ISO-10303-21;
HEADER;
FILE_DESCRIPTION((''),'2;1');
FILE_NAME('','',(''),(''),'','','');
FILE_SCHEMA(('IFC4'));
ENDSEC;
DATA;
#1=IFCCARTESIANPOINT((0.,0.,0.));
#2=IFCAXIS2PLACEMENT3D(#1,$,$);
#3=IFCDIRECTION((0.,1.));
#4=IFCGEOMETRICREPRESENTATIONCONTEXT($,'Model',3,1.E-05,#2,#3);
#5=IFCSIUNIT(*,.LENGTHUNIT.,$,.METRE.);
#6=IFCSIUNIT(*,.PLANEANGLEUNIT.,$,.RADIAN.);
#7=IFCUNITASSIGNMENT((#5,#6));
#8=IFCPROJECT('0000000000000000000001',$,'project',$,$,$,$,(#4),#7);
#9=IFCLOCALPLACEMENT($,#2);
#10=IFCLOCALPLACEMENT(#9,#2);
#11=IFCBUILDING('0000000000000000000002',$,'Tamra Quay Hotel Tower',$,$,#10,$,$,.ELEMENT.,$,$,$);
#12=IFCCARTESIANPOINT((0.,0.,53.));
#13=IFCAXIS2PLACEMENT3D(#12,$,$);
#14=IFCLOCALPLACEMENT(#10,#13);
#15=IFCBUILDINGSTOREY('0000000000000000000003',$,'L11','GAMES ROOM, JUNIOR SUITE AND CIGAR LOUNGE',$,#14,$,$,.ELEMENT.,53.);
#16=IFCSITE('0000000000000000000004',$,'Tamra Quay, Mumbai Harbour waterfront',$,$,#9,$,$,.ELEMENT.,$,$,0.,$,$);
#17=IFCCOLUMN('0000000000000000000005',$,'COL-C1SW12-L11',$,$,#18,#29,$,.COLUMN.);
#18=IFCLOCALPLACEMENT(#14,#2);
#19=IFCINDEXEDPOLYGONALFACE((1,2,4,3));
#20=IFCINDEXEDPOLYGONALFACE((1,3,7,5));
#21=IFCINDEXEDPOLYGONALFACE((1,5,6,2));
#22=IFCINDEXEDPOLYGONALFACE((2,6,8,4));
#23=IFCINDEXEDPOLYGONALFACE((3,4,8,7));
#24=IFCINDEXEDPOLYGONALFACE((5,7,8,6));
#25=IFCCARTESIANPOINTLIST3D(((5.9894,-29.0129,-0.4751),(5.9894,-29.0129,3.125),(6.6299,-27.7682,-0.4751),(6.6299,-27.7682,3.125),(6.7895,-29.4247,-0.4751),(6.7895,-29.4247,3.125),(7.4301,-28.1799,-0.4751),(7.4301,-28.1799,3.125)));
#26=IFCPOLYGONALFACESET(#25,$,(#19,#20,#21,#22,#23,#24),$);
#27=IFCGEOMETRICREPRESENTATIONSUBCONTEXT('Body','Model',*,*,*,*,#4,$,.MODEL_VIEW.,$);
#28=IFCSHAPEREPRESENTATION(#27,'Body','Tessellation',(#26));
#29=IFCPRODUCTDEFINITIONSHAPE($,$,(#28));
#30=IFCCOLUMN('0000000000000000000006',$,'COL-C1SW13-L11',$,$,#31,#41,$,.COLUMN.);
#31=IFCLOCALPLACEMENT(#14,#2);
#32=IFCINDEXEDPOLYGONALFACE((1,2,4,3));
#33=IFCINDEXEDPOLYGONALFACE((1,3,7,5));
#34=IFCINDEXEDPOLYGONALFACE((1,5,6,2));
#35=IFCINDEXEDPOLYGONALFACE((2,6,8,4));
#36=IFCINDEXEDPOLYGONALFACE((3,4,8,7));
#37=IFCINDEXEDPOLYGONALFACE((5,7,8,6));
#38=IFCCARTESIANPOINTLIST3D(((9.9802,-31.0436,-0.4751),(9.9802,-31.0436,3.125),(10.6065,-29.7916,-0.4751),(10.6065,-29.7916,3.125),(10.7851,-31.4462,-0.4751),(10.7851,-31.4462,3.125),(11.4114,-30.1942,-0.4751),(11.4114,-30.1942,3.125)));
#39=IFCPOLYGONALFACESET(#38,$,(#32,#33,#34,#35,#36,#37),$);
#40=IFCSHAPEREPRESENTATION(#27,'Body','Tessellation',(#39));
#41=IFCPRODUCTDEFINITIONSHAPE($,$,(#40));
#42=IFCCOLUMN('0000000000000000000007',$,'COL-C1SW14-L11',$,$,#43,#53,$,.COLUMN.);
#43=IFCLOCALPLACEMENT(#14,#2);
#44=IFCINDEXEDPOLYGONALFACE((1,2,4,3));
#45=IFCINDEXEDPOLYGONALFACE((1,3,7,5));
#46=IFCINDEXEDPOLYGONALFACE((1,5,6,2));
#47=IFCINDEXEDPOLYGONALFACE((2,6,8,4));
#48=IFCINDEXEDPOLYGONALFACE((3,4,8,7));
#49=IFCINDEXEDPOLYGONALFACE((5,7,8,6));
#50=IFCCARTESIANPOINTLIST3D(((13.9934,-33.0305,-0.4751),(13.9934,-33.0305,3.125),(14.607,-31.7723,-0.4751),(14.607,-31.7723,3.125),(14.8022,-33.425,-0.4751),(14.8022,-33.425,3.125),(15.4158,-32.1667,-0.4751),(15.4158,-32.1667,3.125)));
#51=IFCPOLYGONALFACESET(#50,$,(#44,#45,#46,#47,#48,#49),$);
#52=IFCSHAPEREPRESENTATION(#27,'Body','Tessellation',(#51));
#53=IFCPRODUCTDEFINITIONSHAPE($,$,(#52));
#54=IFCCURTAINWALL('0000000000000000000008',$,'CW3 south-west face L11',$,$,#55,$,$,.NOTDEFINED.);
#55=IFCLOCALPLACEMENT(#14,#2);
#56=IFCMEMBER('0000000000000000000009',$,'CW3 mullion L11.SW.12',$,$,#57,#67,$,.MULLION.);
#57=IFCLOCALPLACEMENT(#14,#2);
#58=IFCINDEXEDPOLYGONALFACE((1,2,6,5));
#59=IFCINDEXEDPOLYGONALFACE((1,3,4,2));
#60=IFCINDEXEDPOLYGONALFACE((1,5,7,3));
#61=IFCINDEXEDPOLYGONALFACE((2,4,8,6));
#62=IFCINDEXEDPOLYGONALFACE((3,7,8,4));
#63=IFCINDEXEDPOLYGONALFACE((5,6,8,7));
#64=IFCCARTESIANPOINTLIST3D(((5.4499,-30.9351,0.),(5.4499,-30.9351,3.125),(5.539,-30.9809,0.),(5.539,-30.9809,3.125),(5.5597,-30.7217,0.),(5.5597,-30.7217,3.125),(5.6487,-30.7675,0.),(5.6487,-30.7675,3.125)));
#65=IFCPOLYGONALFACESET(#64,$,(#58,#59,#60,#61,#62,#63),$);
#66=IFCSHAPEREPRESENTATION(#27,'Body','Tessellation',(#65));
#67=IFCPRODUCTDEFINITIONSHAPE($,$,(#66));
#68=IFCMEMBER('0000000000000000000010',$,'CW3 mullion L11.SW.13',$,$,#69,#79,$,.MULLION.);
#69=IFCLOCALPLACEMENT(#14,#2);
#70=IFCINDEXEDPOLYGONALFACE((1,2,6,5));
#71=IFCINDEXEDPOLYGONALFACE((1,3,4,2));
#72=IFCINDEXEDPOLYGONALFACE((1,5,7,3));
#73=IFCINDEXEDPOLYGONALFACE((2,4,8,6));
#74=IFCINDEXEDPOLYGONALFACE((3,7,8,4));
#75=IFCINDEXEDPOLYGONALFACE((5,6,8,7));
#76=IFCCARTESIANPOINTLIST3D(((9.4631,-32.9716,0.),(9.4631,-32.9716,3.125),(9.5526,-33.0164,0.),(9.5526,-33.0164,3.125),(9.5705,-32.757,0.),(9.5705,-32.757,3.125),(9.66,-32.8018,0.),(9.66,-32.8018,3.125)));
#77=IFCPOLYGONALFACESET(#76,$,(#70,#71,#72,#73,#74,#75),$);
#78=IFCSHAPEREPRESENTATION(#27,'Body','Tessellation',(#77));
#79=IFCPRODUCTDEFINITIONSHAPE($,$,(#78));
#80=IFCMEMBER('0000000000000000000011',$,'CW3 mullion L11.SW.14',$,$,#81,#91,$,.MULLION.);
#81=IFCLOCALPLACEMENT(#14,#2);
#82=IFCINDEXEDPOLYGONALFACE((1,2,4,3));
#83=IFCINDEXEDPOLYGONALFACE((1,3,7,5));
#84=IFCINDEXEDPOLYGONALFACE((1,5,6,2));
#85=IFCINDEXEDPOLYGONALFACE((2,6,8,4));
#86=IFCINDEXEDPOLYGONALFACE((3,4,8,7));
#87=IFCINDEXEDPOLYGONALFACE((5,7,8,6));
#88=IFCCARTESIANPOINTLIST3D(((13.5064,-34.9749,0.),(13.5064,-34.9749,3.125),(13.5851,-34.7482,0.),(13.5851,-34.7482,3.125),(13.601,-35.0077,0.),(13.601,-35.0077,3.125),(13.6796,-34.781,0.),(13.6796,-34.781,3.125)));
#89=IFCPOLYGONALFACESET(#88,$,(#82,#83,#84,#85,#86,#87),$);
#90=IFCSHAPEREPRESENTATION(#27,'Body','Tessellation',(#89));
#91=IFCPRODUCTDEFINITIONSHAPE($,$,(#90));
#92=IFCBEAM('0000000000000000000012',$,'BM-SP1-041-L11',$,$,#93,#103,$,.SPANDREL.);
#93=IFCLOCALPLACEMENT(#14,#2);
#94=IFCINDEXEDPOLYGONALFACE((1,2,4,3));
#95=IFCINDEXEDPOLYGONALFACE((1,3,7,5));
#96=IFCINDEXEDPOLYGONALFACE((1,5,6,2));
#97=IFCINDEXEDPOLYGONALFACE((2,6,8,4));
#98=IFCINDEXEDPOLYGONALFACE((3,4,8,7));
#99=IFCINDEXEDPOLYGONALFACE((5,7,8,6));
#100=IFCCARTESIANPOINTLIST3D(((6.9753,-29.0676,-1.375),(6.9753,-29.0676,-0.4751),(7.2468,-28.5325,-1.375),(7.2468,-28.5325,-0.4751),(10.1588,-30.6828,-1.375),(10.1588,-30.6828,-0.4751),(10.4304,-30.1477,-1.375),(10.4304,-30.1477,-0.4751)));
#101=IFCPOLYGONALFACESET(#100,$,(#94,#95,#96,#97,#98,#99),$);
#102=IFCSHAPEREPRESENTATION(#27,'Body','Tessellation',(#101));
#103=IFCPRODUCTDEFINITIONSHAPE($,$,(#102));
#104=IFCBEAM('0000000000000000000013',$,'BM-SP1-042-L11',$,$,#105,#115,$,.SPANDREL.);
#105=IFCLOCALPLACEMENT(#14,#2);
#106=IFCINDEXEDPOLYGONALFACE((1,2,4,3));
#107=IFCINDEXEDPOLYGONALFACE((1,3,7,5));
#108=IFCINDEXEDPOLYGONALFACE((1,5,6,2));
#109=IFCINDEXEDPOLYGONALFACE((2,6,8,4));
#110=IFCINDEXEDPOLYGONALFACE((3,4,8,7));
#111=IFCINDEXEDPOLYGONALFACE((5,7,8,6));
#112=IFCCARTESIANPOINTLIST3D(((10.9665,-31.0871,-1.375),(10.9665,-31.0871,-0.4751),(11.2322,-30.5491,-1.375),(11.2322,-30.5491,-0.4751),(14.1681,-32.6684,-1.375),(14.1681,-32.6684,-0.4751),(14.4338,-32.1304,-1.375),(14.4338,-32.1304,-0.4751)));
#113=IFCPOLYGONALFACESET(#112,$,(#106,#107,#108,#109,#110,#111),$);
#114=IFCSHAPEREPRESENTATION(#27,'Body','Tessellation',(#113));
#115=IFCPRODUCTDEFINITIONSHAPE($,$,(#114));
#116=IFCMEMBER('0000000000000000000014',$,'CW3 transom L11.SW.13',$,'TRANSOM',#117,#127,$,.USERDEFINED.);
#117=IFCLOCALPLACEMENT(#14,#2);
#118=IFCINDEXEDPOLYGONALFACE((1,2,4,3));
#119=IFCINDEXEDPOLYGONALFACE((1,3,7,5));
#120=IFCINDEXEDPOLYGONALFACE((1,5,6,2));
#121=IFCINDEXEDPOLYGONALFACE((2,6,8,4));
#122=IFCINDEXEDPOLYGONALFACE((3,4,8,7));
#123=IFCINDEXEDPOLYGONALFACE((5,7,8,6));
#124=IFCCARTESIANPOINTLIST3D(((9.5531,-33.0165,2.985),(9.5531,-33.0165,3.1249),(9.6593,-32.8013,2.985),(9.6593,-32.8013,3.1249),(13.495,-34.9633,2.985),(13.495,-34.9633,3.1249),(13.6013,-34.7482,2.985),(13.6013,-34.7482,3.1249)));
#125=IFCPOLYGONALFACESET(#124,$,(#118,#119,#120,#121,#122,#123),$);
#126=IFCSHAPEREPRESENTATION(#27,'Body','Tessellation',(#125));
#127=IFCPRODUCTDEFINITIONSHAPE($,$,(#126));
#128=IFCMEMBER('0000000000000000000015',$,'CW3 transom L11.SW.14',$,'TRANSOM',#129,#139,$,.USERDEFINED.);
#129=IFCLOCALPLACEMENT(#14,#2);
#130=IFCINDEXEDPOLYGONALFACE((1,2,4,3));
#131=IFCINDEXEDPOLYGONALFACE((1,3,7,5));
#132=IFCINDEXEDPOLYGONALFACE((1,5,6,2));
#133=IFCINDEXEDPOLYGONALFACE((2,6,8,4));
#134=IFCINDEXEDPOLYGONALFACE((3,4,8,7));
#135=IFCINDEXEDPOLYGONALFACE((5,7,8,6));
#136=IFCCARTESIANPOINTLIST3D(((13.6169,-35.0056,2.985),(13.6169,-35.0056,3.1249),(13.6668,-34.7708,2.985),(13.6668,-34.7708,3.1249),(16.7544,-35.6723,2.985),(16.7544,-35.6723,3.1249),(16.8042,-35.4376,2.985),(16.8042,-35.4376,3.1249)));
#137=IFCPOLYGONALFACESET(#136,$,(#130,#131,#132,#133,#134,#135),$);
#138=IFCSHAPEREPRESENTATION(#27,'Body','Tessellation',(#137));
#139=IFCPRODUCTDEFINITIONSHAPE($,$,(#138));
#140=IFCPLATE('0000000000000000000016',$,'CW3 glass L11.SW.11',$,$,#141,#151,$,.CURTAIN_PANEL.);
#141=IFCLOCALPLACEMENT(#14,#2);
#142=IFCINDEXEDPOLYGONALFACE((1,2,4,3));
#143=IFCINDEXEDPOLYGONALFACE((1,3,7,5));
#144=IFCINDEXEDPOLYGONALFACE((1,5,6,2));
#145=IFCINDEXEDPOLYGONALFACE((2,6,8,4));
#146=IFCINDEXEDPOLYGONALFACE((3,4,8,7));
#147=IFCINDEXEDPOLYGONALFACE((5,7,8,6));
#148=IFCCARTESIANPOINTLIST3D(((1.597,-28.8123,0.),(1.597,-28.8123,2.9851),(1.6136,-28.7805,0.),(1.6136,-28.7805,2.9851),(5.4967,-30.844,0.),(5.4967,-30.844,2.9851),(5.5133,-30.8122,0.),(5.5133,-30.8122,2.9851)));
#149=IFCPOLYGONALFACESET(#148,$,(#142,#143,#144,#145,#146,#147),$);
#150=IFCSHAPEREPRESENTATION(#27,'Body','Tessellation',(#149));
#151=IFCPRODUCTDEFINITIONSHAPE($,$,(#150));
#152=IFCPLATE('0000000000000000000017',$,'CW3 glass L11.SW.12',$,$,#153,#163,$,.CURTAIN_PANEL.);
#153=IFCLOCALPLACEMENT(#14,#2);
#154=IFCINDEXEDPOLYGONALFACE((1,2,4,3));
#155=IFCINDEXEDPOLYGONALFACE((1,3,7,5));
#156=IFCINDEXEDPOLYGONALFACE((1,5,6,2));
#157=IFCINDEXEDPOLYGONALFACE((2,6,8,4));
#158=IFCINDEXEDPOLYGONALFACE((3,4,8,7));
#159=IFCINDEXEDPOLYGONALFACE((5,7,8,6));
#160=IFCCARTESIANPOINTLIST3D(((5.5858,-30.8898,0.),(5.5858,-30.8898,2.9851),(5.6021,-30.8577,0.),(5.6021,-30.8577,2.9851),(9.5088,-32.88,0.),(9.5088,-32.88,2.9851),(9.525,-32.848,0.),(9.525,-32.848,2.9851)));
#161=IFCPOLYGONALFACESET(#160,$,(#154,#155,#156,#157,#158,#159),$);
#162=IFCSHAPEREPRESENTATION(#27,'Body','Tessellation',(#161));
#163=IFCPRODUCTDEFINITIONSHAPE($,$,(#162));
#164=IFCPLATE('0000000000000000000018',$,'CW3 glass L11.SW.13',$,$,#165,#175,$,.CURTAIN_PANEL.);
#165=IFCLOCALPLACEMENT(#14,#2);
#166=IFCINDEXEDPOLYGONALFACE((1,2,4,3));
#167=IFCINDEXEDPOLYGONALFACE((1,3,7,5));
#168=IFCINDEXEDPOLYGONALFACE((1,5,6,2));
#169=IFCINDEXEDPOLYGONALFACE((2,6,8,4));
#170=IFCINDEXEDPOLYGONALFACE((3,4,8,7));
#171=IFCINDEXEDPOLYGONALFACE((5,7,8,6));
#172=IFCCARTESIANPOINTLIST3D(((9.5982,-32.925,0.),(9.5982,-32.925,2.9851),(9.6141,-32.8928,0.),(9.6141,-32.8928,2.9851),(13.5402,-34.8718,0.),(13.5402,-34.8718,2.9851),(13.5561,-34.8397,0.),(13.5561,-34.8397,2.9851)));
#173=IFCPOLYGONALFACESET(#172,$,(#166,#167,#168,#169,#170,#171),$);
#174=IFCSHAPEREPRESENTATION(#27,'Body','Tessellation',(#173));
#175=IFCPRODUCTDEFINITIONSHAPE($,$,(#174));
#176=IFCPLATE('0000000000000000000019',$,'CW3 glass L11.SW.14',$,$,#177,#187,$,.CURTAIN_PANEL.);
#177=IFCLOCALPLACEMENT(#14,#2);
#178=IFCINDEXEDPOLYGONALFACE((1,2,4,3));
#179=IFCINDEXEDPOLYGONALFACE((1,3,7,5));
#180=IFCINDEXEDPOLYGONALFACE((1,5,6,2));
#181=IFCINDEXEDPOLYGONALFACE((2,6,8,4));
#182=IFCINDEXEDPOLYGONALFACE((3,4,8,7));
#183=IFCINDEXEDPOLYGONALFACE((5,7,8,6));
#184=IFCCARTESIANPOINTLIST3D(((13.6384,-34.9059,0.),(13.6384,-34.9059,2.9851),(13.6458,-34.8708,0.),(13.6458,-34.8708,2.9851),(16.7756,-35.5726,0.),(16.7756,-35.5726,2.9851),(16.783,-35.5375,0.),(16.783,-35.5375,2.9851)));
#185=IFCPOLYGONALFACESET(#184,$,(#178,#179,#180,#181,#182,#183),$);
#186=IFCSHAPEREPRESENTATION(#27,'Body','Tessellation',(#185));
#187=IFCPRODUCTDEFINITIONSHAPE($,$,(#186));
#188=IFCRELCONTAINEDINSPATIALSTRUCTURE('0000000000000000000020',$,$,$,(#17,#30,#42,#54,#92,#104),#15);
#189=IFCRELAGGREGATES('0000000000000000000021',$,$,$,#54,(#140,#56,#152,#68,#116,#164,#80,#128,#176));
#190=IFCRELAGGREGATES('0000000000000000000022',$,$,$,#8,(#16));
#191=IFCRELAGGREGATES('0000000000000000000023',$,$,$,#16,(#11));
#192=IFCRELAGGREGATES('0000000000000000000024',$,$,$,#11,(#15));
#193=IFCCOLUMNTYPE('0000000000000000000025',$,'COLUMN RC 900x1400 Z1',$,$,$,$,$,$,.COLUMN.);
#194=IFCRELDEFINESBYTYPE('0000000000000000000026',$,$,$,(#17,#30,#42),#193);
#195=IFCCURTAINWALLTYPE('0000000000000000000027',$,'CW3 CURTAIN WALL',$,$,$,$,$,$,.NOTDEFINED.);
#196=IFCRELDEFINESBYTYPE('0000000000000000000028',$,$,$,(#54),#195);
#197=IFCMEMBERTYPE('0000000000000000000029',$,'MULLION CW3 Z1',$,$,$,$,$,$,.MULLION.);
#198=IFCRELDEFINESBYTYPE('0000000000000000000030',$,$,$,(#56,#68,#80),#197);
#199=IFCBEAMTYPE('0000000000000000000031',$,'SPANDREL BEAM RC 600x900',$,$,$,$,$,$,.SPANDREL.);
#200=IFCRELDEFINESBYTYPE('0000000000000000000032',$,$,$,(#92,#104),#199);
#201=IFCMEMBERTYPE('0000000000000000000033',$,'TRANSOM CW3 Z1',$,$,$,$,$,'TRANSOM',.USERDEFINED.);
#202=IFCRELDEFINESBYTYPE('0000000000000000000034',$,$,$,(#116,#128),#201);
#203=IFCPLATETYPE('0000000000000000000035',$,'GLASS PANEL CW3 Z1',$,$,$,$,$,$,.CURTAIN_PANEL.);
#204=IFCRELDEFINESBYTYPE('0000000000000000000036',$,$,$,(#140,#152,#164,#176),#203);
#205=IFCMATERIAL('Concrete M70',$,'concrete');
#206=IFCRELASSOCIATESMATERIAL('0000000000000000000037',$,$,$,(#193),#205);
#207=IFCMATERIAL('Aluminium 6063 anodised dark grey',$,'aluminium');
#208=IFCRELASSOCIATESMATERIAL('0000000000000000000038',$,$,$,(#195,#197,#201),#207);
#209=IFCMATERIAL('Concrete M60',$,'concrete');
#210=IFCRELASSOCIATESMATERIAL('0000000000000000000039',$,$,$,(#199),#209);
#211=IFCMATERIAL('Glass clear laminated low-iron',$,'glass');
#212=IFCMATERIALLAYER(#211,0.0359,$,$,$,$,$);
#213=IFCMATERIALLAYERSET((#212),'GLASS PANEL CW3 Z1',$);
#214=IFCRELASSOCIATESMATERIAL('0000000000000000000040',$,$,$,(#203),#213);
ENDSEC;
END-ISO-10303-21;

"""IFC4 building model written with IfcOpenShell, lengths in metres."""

from ifc_helpers import new_model, si_unit, direction, frame, origin, origin_2d, place, context, subcontext, project, spatial, rectangle, extrude, material, layer, layer_set, material_profile, profile_set, type_object, element, aggregate, save


model = new_model("IFC4")

# Units and contexts
model_context = context("Model", 3, precision=1e-05, world=origin(), true_north=direction((0.0, 1.0)))
body_context = subcontext(model_context, "Body", "Model", "MODEL_VIEW")
ifc_project = project(units=[si_unit("LENGTHUNIT", "METRE"), si_unit("PLANEANGLEUNIT", "RADIAN")], contexts=[model_context])

# Site, building, storey
site_placement = place(None, origin())
site = spatial("IfcSite", under=ifc_project, at=site_placement, Name="Tamra Quay, Mumbai Harbour waterfront", CompositionType="ELEMENT", RefElevation=0.0)
building_placement = place(site_placement, origin())
building = spatial("IfcBuilding", under=site, at=building_placement, Name="Tamra Quay Hotel Tower", CompositionType="ELEMENT")
storey_placement = place(building_placement, frame((0.0, 0.0, 53.0)))
storey = spatial("IfcBuildingStorey", under=building, at=storey_placement, Name="L11", Description="GAMES ROOM, JUNIOR SUITE AND CIGAR LOUNGE", CompositionType="ELEMENT", Elevation=53.0)

# Columns
ifc_material_1 = material(Name="Concrete M70", Category="concrete")
ifc_material_profile_1 = material_profile(ifc_material_1, rectangle(XDim=1.3999, YDim=0.8999, at=origin_2d()), Name="COLUMN RC 900x1400 Z1")
ifc_profile_set_1 = profile_set([ifc_material_profile_1], Name="Concrete M70")
column_type = type_object("IfcColumnType", Name="COLUMN RC 900x1400 Z1", PredefinedType="COLUMN", material=ifc_profile_set_1)
for number, where, z_axis, x_axis, name in (
    (1, (6.7097, -28.5964, -0.4751), (0.0, 0.0, 1.0), (0.457548, 0.889185, 0.0), "COL-C1SW12-L11"),
    (2, (10.6958, -30.6189, -0.4751), (0.0, 0.0, 1.0), (0.447377, 0.894346, 0.0), "COL-C1SW13-L11"),
    (3, (14.7046, -32.5986, -0.4751), (0.0, 0.0, 1.0), (0.438341, 0.898809, 0.0), "COL-C1SW14-L11"),
):
    element("IfcColumn", number, at=place(storey_placement, frame(where, z_axis=z_axis, x_axis=x_axis)), inside=storey, type_object=column_type, Name=name, PredefinedType="COLUMN", context=body_context, shape_type="SweptSolid", body=[
        extrude(rectangle(XDim=1.3999, YDim=0.8999, at=origin_2d()), origin(), (0.0, 0.0, 1.0), 3.6001),
    ])

# Curtain wall, members
ifc_material_2 = material(Name="Aluminium 6063 anodised dark grey", Category="aluminium")
curtain_wall_type = type_object("IfcCurtainWallType", Name="CW3 CURTAIN WALL", PredefinedType="NOTDEFINED", material=ifc_material_2)
curtain_wall_placement = place(storey_placement, origin())
curtain_wall = element("IfcCurtainWall", 4, at=curtain_wall_placement, inside=storey, type_object=curtain_wall_type, Name="CW3 south-west face L11", PredefinedType="NOTDEFINED")
ifc_material_profile_2 = material_profile(ifc_material_2, rectangle(XDim=0.24, YDim=0.1001, at=origin_2d()), Name="MULLION 100X240")
ifc_profile_set_2 = profile_set([ifc_material_profile_2], Name="Aluminium 6063 anodised dark grey")
member_type_1 = type_object("IfcMemberType", Name="MULLION CW3 Z1", PredefinedType="MULLION", material=ifc_profile_set_2)
member_1_placement = place(storey_placement, frame((5.5493, -30.8513, 0.0), z_axis=(0.0, 0.0, 1.0), x_axis=(-0.457254, -0.889336, 0.0)))
member_1 = element("IfcMember", 5, at=member_1_placement, type_object=member_type_1, Name="CW3 mullion L11.SW.12", PredefinedType="MULLION", context=body_context, shape_type="SweptSolid", body=[
    extrude(rectangle(XDim=0.24, YDim=0.1001, at=origin_2d()), origin(), (0.0, 0.0, 1.0), 3.125),
])
member_2_placement = place(storey_placement, frame((9.5615, -32.8867, 0.0), z_axis=(0.0, 0.0, 1.0), x_axis=(-0.447641, -0.894213, 0.0)))
member_2 = element("IfcMember", 6, at=member_2_placement, type_object=member_type_1, Name="CW3 mullion L11.SW.13", PredefinedType="MULLION", context=body_context, shape_type="SweptSolid", body=[
    extrude(rectangle(XDim=0.24, YDim=0.1001, at=origin_2d()), origin(), (0.0, 0.0, 1.0), 3.125),
])
member_3_placement = place(storey_placement, frame((13.593, -34.8779, 0.0), z_axis=(0.0, 0.0, 1.0), x_axis=(-0.327898, -0.944713, 0.0)))
member_3 = element("IfcMember", 7, at=member_3_placement, type_object=member_type_1, Name="CW3 mullion L11.SW.14", PredefinedType="MULLION", context=body_context, shape_type="SweptSolid", body=[
    extrude(rectangle(XDim=0.24, YDim=0.1001, at=origin_2d()), origin(), (0.0, 0.0, 1.0), 3.125),
])

# Beams
ifc_material_3 = material(Name="Concrete M60", Category="concrete")
ifc_material_profile_3 = material_profile(ifc_material_3, rectangle(XDim=0.6001, YDim=0.8999, at=origin_2d()), Name="SPANDREL BEAM RC 600x900")
ifc_profile_set_3 = profile_set([ifc_material_profile_3], Name="Concrete M60")
beam_type = type_object("IfcBeamType", Name="SPANDREL BEAM RC 600x900", PredefinedType="SPANDREL", material=ifc_profile_set_3)
beam_1_placement = place(storey_placement, frame((7.1111, -28.8, -0.925), z_axis=(0.891786, -0.452458, 0.0), x_axis=(0.452458, 0.891786, 0.0)))
element("IfcBeam", 8, at=beam_1_placement, inside=storey, type_object=beam_type, Name="BM-SP1-041-L11", PredefinedType="SPANDREL", context=body_context, shape_type="SweptSolid", body=[
    extrude(rectangle(XDim=0.6001, YDim=0.8999, at=origin_2d()), origin(), (0.0, 0.0, 1.0), 3.5698),
])
beam_2_placement = place(storey_placement, frame((11.0994, -30.8181, -0.925), z_axis=(0.896604, -0.442833, 0.0), x_axis=(0.442833, 0.896604, 0.0)))
element("IfcBeam", 9, at=beam_2_placement, inside=storey, type_object=beam_type, Name="BM-SP1-042-L11", PredefinedType="SPANDREL", context=body_context, shape_type="SweptSolid", body=[
    extrude(rectangle(XDim=0.6001, YDim=0.8999, at=origin_2d()), origin(), (0.0, 0.0, 1.0), 3.5708),
])

# Members
ifc_material_profile_4 = material_profile(ifc_material_2, rectangle(XDim=0.24, YDim=0.1399, at=origin_2d()), Name="TRANSOM 240X140")
ifc_profile_set_4 = profile_set([ifc_material_profile_4], Name="Aluminium 6063 anodised dark grey")
member_type_2 = type_object("IfcMemberType", Name="TRANSOM CW3 Z1", ElementType="TRANSOM", PredefinedType="USERDEFINED", material=ifc_profile_set_4)
member_4_placement = place(storey_placement, frame((9.6062, -32.9089, 3.0549), z_axis=(0.896615, -0.44281, 0.0), x_axis=(0.44281, 0.896615, 0.0)))
member_4 = element("IfcMember", 10, at=member_4_placement, type_object=member_type_2, Name="CW3 transom L11.SW.13", ObjectType="TRANSOM", PredefinedType="USERDEFINED", context=body_context, shape_type="SweptSolid", body=[
    extrude(rectangle(XDim=0.24, YDim=0.1399, at=origin_2d()), origin(), (0.0, 0.0, 1.0), 4.3965),
])
member_5_placement = place(storey_placement, frame((13.6418, -34.8882, 3.0549), z_axis=(0.978156, -0.207871, 0.0), x_axis=(0.207871, 0.978156, 0.0)))
member_5 = element("IfcMember", 11, at=member_5_placement, type_object=member_type_2, Name="CW3 transom L11.SW.14", ObjectType="TRANSOM", PredefinedType="USERDEFINED", context=body_context, shape_type="SweptSolid", body=[
    extrude(rectangle(XDim=0.24, YDim=0.1399, at=origin_2d()), origin(), (0.0, 0.0, 1.0), 3.2075),
])

# Plates
ifc_material_4 = material(Name="Glass clear laminated low-iron", Category="glass")
ifc_layer_1 = layer(ifc_material_4, 0.0359)
ifc_layer_set_1 = layer_set([ifc_layer_1], Name="GLASS PANEL CW3 Z1")
plate_type = type_object("IfcPlateType", Name="GLASS PANEL CW3 Z1", PredefinedType="CURTAIN_PANEL", material=ifc_layer_set_1)
plate_1_placement = place(storey_placement, frame((3.5552, -29.8123, 0.0), z_axis=(0.0, 0.0, 1.0), x_axis=(0.886856, -0.462045, 0.0)))
plate_1 = element("IfcPlate", 12, at=plate_1_placement, type_object=plate_type, Name="CW3 glass L11.SW.11", PredefinedType="CURTAIN_PANEL", context=body_context, shape_type="SweptSolid", body=[
    extrude(rectangle(XDim=4.3972, YDim=0.0359, at=origin_2d()), origin(), (0.0, 0.0, 1.0), 2.9851),
])
plate_2_placement = place(storey_placement, frame((7.5554, -31.8689, 0.0), z_axis=(0.0, 0.0, 1.0), x_axis=(0.89179, -0.45245, 0.0)))
plate_2 = element("IfcPlate", 13, at=plate_2_placement, type_object=plate_type, Name="CW3 glass L11.SW.12", PredefinedType="CURTAIN_PANEL", context=body_context, shape_type="SweptSolid", body=[
    extrude(rectangle(XDim=4.3989, YDim=0.0359, at=origin_2d()), origin(), (0.0, 0.0, 1.0), 2.9851),
])
plate_3_placement = place(storey_placement, frame((11.5771, -33.8823, 0.0), z_axis=(0.0, 0.0, 1.0), x_axis=(0.896611, -0.442819, 0.0)))
plate_3 = element("IfcPlate", 14, at=plate_3_placement, type_object=plate_type, Name="CW3 glass L11.SW.13", PredefinedType="CURTAIN_PANEL", context=body_context, shape_type="SweptSolid", body=[
    extrude(rectangle(XDim=4.3965, YDim=0.0359, at=origin_2d()), origin(), (0.0, 0.0, 1.0), 2.9851),
])
plate_4_placement = place(storey_placement, frame((15.2107, -35.2217, 0.0), z_axis=(0.0, 0.0, 1.0), x_axis=(0.978153, -0.207887, 0.0)))
plate_4 = element("IfcPlate", 15, at=plate_4_placement, type_object=plate_type, Name="CW3 glass L11.SW.14", PredefinedType="CURTAIN_PANEL", context=body_context, shape_type="SweptSolid", body=[
    extrude(rectangle(XDim=3.2073, YDim=0.0359, at=origin_2d()), origin(), (0.0, 0.0, 1.0), 2.9851),
])
aggregate(curtain_wall, [plate_1, member_1, plate_2, member_2, member_4, plate_3, member_3, member_5, plate_4])

save(model, "model.ifc")
